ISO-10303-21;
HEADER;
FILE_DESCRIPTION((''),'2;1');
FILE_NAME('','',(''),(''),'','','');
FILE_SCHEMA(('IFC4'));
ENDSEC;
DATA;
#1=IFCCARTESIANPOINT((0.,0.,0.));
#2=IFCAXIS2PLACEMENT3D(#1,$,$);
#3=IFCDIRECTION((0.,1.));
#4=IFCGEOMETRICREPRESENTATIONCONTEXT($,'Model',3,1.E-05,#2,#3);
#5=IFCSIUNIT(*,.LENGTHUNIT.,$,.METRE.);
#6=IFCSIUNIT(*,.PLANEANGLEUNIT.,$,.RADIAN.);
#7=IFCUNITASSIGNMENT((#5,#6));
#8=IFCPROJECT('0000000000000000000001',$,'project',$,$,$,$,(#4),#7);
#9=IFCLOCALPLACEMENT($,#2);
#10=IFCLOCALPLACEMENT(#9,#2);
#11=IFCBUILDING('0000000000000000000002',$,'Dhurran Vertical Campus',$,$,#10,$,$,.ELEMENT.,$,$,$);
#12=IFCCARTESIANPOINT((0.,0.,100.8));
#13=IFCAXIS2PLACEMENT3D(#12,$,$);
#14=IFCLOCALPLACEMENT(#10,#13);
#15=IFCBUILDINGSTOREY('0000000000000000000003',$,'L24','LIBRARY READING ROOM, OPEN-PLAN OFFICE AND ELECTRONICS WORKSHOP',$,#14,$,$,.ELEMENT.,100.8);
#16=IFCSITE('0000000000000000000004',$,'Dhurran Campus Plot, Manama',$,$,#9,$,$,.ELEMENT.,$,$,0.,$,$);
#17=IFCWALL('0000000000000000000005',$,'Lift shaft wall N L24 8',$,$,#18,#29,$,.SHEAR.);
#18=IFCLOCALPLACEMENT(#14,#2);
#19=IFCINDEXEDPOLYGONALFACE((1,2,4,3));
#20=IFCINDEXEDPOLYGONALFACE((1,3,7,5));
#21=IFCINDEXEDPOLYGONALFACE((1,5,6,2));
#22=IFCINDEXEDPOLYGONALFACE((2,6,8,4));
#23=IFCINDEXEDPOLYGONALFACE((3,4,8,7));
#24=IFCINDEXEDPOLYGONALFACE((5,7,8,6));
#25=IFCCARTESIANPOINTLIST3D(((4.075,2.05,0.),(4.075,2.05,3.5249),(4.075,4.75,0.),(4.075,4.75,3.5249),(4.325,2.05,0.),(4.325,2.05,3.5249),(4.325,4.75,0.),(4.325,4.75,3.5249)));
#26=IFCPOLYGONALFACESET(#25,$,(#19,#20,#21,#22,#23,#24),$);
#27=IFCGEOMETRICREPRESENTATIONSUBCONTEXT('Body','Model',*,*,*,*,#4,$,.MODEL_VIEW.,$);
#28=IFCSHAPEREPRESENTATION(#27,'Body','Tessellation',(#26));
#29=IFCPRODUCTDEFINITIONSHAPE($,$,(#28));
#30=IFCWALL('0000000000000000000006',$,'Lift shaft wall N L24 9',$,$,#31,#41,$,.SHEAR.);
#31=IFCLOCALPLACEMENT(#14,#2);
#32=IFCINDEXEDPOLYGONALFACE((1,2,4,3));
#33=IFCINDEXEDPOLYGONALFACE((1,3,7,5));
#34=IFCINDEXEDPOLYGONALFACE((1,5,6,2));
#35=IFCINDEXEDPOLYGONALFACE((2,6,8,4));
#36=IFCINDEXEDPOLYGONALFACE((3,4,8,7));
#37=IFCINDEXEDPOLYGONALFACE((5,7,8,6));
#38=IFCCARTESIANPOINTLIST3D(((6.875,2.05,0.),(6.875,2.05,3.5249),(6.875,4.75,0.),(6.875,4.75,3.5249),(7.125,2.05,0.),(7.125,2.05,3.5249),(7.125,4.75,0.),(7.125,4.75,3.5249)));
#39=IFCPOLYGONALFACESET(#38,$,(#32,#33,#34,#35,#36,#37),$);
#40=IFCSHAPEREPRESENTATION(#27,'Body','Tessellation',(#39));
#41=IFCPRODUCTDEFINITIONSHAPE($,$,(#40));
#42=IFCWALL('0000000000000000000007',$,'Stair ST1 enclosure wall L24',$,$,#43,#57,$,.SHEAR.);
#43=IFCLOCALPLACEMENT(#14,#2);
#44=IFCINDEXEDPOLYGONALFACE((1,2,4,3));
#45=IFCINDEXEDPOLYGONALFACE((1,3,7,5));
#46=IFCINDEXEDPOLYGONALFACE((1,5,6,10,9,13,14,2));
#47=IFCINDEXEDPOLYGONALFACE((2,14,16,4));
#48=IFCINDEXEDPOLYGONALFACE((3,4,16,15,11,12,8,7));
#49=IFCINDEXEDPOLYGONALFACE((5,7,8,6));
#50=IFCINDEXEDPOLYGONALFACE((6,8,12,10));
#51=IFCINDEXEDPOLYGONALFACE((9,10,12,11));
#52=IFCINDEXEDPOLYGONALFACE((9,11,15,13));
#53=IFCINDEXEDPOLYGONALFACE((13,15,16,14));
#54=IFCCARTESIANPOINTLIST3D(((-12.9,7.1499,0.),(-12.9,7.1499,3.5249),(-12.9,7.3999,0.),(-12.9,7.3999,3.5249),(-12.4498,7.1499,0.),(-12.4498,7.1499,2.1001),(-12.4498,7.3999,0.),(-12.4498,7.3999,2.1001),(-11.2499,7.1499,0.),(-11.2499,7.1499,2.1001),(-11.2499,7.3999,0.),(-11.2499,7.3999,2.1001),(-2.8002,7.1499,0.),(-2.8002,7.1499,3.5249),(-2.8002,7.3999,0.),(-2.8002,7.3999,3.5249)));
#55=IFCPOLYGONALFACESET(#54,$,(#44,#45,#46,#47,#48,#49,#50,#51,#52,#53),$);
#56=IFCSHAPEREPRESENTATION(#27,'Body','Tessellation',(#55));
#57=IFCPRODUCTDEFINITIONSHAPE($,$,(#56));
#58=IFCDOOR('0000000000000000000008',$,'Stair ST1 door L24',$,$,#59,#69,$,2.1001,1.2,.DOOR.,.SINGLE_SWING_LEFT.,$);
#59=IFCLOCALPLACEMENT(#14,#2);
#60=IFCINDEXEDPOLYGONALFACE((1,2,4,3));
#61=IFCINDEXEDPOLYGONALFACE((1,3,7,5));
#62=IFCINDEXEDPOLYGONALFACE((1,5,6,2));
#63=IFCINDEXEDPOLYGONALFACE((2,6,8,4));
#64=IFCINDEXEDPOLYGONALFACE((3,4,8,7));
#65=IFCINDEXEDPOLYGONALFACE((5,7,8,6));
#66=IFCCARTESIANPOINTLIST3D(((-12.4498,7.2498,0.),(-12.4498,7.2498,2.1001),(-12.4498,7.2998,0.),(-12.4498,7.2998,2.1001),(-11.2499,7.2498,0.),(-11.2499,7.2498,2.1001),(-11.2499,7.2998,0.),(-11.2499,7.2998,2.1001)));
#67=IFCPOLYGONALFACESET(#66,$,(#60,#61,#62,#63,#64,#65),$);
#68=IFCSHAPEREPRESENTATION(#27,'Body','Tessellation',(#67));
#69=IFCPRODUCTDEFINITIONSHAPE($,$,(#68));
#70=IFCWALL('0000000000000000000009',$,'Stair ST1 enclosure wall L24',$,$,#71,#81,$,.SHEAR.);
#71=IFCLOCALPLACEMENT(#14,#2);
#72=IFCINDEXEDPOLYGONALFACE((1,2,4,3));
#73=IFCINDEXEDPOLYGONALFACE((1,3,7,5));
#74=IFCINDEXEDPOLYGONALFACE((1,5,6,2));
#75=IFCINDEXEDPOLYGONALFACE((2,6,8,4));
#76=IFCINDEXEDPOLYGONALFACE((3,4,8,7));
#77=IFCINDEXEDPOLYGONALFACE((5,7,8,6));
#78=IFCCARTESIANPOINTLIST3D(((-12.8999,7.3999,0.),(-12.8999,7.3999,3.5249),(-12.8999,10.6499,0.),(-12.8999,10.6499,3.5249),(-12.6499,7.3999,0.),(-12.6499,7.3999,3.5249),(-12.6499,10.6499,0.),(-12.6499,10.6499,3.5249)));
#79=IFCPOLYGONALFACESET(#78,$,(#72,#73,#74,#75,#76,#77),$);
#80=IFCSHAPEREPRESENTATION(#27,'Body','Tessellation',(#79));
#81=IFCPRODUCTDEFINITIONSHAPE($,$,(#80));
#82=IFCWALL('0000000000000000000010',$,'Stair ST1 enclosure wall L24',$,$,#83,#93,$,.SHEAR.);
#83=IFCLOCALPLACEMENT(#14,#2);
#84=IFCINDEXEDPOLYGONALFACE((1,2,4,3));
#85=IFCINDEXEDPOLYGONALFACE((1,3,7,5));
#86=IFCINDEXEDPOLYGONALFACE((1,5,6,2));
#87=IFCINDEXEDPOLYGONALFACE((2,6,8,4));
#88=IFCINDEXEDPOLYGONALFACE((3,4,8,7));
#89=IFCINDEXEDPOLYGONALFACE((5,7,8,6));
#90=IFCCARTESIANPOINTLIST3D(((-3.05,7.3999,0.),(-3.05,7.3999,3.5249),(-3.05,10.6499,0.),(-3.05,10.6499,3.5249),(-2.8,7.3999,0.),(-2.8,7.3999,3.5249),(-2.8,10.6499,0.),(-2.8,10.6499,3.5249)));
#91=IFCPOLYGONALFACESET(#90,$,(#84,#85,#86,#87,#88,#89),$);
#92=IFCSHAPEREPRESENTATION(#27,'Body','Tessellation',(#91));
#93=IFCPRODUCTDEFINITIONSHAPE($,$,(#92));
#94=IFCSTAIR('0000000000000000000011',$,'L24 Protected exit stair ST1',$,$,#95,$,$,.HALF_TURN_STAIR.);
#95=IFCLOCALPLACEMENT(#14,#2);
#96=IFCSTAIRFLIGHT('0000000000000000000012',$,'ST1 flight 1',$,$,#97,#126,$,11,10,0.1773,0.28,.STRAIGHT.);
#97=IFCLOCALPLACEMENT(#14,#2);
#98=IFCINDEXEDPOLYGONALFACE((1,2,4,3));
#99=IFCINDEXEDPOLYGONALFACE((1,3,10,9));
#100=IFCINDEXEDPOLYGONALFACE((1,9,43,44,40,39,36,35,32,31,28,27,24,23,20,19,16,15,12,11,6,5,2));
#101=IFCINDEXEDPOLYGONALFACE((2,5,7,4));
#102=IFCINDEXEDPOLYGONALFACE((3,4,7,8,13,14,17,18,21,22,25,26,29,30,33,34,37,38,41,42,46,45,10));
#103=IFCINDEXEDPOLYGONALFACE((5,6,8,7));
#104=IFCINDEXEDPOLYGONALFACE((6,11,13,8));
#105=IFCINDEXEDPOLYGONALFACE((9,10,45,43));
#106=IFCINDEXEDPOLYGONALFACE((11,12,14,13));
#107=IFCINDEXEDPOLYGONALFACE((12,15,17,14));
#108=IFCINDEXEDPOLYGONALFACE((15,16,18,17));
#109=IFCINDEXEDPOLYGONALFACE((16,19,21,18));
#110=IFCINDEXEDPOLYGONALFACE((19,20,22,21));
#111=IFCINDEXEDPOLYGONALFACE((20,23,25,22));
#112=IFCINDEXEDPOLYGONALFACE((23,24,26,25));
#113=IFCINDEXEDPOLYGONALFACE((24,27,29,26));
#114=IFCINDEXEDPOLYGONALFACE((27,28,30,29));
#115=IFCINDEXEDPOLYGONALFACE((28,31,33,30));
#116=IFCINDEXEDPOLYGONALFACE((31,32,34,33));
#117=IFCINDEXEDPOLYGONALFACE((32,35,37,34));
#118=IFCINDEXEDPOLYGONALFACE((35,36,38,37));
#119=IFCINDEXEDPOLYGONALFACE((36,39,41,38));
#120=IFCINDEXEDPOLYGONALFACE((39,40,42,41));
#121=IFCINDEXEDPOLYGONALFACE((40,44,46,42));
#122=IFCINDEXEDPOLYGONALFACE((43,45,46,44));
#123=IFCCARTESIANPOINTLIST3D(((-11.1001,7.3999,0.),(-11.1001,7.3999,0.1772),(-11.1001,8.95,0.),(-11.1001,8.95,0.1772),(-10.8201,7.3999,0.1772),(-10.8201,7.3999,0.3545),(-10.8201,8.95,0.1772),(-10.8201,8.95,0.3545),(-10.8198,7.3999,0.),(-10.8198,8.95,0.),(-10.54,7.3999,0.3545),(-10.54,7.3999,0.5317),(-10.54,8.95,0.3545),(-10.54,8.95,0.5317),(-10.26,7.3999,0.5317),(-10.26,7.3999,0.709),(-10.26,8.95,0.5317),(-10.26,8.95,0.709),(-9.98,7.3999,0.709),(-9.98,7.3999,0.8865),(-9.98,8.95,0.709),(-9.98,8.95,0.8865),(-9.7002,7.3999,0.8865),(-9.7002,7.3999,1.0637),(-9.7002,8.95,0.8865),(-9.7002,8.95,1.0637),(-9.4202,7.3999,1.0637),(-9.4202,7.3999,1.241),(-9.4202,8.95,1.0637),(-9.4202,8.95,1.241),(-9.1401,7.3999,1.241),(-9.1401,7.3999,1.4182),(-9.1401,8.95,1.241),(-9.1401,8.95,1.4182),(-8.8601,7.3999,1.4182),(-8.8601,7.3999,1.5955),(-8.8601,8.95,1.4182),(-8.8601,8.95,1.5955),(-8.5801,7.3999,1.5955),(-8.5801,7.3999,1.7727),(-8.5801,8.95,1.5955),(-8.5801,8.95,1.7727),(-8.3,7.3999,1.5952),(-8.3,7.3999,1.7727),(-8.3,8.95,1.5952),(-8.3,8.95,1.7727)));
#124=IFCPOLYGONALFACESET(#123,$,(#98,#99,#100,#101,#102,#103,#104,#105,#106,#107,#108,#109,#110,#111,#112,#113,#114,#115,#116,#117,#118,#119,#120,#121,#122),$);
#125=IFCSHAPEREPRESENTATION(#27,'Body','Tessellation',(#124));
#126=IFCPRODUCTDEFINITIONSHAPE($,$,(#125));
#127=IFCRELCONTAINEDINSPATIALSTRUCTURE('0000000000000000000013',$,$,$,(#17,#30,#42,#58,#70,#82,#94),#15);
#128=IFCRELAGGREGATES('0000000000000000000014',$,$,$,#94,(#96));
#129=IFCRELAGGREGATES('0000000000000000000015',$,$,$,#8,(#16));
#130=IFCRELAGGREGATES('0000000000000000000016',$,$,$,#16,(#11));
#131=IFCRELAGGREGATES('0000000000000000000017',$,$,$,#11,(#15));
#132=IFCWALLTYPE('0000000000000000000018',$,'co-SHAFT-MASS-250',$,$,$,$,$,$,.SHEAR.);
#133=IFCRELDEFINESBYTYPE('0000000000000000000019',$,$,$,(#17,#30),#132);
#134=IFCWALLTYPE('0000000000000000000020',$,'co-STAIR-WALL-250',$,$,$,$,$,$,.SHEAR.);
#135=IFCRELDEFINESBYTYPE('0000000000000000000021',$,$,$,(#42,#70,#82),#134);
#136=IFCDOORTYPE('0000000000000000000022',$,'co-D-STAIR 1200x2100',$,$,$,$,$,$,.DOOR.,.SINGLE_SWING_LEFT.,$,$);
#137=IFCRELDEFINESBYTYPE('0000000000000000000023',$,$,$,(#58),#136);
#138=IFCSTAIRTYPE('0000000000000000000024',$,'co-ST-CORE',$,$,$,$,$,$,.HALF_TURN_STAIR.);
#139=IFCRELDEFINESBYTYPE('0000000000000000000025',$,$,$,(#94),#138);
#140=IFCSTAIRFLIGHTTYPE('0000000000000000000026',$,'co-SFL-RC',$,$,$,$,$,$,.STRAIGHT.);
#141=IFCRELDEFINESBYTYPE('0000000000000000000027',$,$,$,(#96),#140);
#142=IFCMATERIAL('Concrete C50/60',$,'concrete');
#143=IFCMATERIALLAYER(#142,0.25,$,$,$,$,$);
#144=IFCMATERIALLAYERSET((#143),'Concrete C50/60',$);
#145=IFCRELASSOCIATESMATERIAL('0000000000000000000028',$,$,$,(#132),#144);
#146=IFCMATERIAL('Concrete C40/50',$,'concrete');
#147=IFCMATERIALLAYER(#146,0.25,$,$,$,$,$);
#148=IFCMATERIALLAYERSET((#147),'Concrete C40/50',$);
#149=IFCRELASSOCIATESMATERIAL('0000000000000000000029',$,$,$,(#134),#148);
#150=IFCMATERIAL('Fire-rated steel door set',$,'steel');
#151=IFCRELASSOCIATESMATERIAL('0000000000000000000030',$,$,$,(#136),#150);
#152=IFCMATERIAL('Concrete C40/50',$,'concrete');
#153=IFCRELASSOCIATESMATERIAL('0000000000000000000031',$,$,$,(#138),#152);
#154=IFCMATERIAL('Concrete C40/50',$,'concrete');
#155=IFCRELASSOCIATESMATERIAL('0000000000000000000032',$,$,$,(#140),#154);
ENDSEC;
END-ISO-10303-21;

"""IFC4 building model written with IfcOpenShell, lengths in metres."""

from ifc_helpers import new_model, si_unit, direction, frame, frame_2d, origin, place, context, subcontext, project, spatial, polyline, rectangle, outline, extrude, material, layer, layer_set, type_object, element, fill, aggregate, save


model = new_model("IFC4")

# Units and contexts
model_context = context("Model", 3, precision=1e-05, world=origin(), true_north=direction((0.0, 1.0)))
body_context = subcontext(model_context, "Body", "Model", "MODEL_VIEW")
ifc_project = project(units=[si_unit("LENGTHUNIT", "METRE"), si_unit("PLANEANGLEUNIT", "RADIAN")], contexts=[model_context])

# Site, building, storey
site_placement = place(None, origin())
site = spatial("IfcSite", under=ifc_project, at=site_placement, Name="Dhurran Campus Plot, Manama", CompositionType="ELEMENT", RefElevation=0.0)
building_placement = place(site_placement, origin())
building = spatial("IfcBuilding", under=site, at=building_placement, Name="Dhurran Vertical Campus", CompositionType="ELEMENT")
storey_placement = place(building_placement, frame((0.0, 0.0, 100.8)))
storey = spatial("IfcBuildingStorey", under=building, at=storey_placement, Name="L24", Description="LIBRARY READING ROOM, OPEN-PLAN OFFICE AND ELECTRONICS WORKSHOP", CompositionType="ELEMENT", Elevation=100.8)

# Walls
ifc_material_1 = material(Name="Concrete C50/60", Category="concrete")
ifc_layer_1 = layer(ifc_material_1, 0.25)
ifc_layer_set_1 = layer_set([ifc_layer_1], Name="Concrete C50/60")
wall_type_1 = type_object("IfcWallType", Name="co-SHAFT-MASS-250", PredefinedType="SHEAR", material=ifc_layer_set_1)
wall_1_placement = place(storey_placement, origin())
element("IfcWall", 1, at=wall_1_placement, inside=storey, type_object=wall_type_1, Name="Lift shaft wall N L24 8", PredefinedType="SHEAR", context=body_context, shape_type="SweptSolid", body=[
    extrude(outline(polyline([(4.075, 2.05), (4.325, 2.05), (4.325, 4.75), (4.075, 4.75), (4.075, 2.05)])), origin(), (0.0, 0.0, 1.0), 3.5249),
])
wall_2_placement = place(storey_placement, origin())
element("IfcWall", 2, at=wall_2_placement, inside=storey, type_object=wall_type_1, Name="Lift shaft wall N L24 9", PredefinedType="SHEAR", context=body_context, shape_type="SweptSolid", body=[
    extrude(outline(polyline([(6.875, 2.05), (7.125, 2.05), (7.125, 4.75), (6.875, 4.75), (6.875, 2.05)])), origin(), (0.0, 0.0, 1.0), 3.5249),
])

# Wall, opening, door
ifc_material_2 = material(Name="Concrete C40/50", Category="concrete")
ifc_layer_2 = layer(ifc_material_2, 0.25)
ifc_layer_set_2 = layer_set([ifc_layer_2], Name="Concrete C40/50")
wall_type_2 = type_object("IfcWallType", Name="co-STAIR-WALL-250", PredefinedType="SHEAR", material=ifc_layer_set_2)
wall_3_placement = place(storey_placement, frame((-12.8999, 7.2749, 0.0), z_axis=(0.0, 0.0, 1.0), x_axis=(1.0, 0.0, 0.0)))
wall_3 = element("IfcWall", 3, at=wall_3_placement, inside=storey, type_object=wall_type_2, Name="Stair ST1 enclosure wall L24", PredefinedType="SHEAR", context=body_context, shape_type="SweptSolid", body=[
    extrude(rectangle(XDim=10.0999, YDim=0.25, at=frame_2d((5.0498, 0.0))), origin(), (0.0, 0.0, 1.0), 3.5249),
])
opening_1_placement = place(wall_3_placement, frame((0.45, 0.0, 0.0)))
opening_1 = element("IfcOpeningElement", 4, at=opening_1_placement, cuts=wall_3, PredefinedType="OPENING", context=body_context, shape_type="SweptSolid", body=[
    extrude(rectangle(XDim=1.2, YDim=2.1001, at=frame_2d((0.6001, 1.05))), frame((0.0, 0.135, 0.0), z_axis=(0.0, -1.0, 0.0), x_axis=(1.0, 0.0, 0.0)), (0.0, 0.0, 1.0), 0.27),
])
ifc_material_3 = material(Name="Fire-rated steel door set", Category="steel")
door_type_1 = type_object("IfcDoorType", Name="co-D-STAIR 1200x2100", OperationType="SINGLE_SWING_LEFT", PredefinedType="DOOR", material=ifc_material_3)
door_1_placement = place(opening_1_placement, origin())
door_1 = element("IfcDoor", 5, at=door_1_placement, inside=storey, type_object=door_type_1, Name="Stair ST1 door L24", OperationType="SINGLE_SWING_LEFT", OverallHeight=2.1001, OverallWidth=1.2, PredefinedType="DOOR", context=body_context, shape_type="SweptSolid", body=[
    extrude(rectangle(XDim=1.2, YDim=2.1001, at=frame_2d((0.6001, 1.05))), frame((0.0, 0.0249, 0.0), z_axis=(0.0, -1.0, 0.0), x_axis=(1.0, 0.0, 0.0)), (0.0, 0.0, 1.0), 0.05),
])
fill(opening_1, door_1)

# Walls
for number, where, z_axis, x_axis, name in (
    (6, (-12.7749, 7.3999, 0.0), (0.0, 0.0, 1.0), (0.0, 1.0, 0.0), "Stair ST1 enclosure wall L24"),
    (7, (-2.925, 7.3999, 0.0), (0.0, 0.0, 1.0), (0.0, 1.0, 0.0), "Stair ST1 enclosure wall L24"),
):
    element("IfcWall", number, at=place(storey_placement, frame(where, z_axis=z_axis, x_axis=x_axis)), inside=storey, type_object=wall_type_2, Name=name, PredefinedType="SHEAR", context=body_context, shape_type="SweptSolid", body=[
        extrude(rectangle(XDim=3.25, YDim=0.25, at=frame_2d((1.625, 0.0))), origin(), (0.0, 0.0, 1.0), 3.5249),
    ])

# Stair, stair flight
ifc_material_4 = material(Name="Concrete C40/50", Category="concrete")
stair_type = type_object("IfcStairType", Name="co-ST-CORE", PredefinedType="HALF_TURN_STAIR", material=ifc_material_4)
stair_placement = place(storey_placement, origin())
stair = element("IfcStair", 8, at=stair_placement, inside=storey, type_object=stair_type, Name="L24 Protected exit stair ST1", PredefinedType="HALF_TURN_STAIR")
ifc_material_5 = material(Name="Concrete C40/50", Category="concrete")
stair_flight_type = type_object("IfcStairFlightType", Name="co-SFL-RC", PredefinedType="STRAIGHT", material=ifc_material_5)
stair_flight_placement = place(storey_placement, frame((-11.1001, 8.175, 0.0), z_axis=(0.0, 0.0, 1.0), x_axis=(1.0, 0.0, 0.0)))
stair_flight = element("IfcStairFlight", 9, at=stair_flight_placement, type_object=stair_flight_type, Name="ST1 flight 1", NumberOfRisers=11, NumberOfTreads=10, PredefinedType="STRAIGHT", RiserHeight=0.1773, TreadLength=0.28, context=body_context, shape_type="SweptSolid", body=[
    extrude(outline(polyline([(0.0, 0.0), (0.0, 0.1772), (0.28, 0.1772), (0.28, 0.3545), (0.5601, 0.3545), (0.5601, 0.5317), (0.8401, 0.5317), (0.8401, 0.709), (1.1201, 0.709), (1.1201, 0.8865), (1.3999, 0.8865), (1.3999, 1.0637), (1.6799, 1.0637), (1.6799, 1.241), (1.96, 1.241), (1.96, 1.4182), (2.24, 1.4182), (2.24, 1.5955), (2.52, 1.5955), (2.52, 1.7727), (2.8, 1.7727), (2.8, 1.95), (2.8, 1.5952), (0.2803, 0.0), (0.0, 0.0)])), frame((0.0, 0.7749, 0.0), z_axis=(0.0, -1.0, 0.0), x_axis=(1.0, 0.0, 0.0)), (0.0, 0.0, 1.0), 1.55),
])
aggregate(stair, [stair_flight])

save(model, "model.ifc")
